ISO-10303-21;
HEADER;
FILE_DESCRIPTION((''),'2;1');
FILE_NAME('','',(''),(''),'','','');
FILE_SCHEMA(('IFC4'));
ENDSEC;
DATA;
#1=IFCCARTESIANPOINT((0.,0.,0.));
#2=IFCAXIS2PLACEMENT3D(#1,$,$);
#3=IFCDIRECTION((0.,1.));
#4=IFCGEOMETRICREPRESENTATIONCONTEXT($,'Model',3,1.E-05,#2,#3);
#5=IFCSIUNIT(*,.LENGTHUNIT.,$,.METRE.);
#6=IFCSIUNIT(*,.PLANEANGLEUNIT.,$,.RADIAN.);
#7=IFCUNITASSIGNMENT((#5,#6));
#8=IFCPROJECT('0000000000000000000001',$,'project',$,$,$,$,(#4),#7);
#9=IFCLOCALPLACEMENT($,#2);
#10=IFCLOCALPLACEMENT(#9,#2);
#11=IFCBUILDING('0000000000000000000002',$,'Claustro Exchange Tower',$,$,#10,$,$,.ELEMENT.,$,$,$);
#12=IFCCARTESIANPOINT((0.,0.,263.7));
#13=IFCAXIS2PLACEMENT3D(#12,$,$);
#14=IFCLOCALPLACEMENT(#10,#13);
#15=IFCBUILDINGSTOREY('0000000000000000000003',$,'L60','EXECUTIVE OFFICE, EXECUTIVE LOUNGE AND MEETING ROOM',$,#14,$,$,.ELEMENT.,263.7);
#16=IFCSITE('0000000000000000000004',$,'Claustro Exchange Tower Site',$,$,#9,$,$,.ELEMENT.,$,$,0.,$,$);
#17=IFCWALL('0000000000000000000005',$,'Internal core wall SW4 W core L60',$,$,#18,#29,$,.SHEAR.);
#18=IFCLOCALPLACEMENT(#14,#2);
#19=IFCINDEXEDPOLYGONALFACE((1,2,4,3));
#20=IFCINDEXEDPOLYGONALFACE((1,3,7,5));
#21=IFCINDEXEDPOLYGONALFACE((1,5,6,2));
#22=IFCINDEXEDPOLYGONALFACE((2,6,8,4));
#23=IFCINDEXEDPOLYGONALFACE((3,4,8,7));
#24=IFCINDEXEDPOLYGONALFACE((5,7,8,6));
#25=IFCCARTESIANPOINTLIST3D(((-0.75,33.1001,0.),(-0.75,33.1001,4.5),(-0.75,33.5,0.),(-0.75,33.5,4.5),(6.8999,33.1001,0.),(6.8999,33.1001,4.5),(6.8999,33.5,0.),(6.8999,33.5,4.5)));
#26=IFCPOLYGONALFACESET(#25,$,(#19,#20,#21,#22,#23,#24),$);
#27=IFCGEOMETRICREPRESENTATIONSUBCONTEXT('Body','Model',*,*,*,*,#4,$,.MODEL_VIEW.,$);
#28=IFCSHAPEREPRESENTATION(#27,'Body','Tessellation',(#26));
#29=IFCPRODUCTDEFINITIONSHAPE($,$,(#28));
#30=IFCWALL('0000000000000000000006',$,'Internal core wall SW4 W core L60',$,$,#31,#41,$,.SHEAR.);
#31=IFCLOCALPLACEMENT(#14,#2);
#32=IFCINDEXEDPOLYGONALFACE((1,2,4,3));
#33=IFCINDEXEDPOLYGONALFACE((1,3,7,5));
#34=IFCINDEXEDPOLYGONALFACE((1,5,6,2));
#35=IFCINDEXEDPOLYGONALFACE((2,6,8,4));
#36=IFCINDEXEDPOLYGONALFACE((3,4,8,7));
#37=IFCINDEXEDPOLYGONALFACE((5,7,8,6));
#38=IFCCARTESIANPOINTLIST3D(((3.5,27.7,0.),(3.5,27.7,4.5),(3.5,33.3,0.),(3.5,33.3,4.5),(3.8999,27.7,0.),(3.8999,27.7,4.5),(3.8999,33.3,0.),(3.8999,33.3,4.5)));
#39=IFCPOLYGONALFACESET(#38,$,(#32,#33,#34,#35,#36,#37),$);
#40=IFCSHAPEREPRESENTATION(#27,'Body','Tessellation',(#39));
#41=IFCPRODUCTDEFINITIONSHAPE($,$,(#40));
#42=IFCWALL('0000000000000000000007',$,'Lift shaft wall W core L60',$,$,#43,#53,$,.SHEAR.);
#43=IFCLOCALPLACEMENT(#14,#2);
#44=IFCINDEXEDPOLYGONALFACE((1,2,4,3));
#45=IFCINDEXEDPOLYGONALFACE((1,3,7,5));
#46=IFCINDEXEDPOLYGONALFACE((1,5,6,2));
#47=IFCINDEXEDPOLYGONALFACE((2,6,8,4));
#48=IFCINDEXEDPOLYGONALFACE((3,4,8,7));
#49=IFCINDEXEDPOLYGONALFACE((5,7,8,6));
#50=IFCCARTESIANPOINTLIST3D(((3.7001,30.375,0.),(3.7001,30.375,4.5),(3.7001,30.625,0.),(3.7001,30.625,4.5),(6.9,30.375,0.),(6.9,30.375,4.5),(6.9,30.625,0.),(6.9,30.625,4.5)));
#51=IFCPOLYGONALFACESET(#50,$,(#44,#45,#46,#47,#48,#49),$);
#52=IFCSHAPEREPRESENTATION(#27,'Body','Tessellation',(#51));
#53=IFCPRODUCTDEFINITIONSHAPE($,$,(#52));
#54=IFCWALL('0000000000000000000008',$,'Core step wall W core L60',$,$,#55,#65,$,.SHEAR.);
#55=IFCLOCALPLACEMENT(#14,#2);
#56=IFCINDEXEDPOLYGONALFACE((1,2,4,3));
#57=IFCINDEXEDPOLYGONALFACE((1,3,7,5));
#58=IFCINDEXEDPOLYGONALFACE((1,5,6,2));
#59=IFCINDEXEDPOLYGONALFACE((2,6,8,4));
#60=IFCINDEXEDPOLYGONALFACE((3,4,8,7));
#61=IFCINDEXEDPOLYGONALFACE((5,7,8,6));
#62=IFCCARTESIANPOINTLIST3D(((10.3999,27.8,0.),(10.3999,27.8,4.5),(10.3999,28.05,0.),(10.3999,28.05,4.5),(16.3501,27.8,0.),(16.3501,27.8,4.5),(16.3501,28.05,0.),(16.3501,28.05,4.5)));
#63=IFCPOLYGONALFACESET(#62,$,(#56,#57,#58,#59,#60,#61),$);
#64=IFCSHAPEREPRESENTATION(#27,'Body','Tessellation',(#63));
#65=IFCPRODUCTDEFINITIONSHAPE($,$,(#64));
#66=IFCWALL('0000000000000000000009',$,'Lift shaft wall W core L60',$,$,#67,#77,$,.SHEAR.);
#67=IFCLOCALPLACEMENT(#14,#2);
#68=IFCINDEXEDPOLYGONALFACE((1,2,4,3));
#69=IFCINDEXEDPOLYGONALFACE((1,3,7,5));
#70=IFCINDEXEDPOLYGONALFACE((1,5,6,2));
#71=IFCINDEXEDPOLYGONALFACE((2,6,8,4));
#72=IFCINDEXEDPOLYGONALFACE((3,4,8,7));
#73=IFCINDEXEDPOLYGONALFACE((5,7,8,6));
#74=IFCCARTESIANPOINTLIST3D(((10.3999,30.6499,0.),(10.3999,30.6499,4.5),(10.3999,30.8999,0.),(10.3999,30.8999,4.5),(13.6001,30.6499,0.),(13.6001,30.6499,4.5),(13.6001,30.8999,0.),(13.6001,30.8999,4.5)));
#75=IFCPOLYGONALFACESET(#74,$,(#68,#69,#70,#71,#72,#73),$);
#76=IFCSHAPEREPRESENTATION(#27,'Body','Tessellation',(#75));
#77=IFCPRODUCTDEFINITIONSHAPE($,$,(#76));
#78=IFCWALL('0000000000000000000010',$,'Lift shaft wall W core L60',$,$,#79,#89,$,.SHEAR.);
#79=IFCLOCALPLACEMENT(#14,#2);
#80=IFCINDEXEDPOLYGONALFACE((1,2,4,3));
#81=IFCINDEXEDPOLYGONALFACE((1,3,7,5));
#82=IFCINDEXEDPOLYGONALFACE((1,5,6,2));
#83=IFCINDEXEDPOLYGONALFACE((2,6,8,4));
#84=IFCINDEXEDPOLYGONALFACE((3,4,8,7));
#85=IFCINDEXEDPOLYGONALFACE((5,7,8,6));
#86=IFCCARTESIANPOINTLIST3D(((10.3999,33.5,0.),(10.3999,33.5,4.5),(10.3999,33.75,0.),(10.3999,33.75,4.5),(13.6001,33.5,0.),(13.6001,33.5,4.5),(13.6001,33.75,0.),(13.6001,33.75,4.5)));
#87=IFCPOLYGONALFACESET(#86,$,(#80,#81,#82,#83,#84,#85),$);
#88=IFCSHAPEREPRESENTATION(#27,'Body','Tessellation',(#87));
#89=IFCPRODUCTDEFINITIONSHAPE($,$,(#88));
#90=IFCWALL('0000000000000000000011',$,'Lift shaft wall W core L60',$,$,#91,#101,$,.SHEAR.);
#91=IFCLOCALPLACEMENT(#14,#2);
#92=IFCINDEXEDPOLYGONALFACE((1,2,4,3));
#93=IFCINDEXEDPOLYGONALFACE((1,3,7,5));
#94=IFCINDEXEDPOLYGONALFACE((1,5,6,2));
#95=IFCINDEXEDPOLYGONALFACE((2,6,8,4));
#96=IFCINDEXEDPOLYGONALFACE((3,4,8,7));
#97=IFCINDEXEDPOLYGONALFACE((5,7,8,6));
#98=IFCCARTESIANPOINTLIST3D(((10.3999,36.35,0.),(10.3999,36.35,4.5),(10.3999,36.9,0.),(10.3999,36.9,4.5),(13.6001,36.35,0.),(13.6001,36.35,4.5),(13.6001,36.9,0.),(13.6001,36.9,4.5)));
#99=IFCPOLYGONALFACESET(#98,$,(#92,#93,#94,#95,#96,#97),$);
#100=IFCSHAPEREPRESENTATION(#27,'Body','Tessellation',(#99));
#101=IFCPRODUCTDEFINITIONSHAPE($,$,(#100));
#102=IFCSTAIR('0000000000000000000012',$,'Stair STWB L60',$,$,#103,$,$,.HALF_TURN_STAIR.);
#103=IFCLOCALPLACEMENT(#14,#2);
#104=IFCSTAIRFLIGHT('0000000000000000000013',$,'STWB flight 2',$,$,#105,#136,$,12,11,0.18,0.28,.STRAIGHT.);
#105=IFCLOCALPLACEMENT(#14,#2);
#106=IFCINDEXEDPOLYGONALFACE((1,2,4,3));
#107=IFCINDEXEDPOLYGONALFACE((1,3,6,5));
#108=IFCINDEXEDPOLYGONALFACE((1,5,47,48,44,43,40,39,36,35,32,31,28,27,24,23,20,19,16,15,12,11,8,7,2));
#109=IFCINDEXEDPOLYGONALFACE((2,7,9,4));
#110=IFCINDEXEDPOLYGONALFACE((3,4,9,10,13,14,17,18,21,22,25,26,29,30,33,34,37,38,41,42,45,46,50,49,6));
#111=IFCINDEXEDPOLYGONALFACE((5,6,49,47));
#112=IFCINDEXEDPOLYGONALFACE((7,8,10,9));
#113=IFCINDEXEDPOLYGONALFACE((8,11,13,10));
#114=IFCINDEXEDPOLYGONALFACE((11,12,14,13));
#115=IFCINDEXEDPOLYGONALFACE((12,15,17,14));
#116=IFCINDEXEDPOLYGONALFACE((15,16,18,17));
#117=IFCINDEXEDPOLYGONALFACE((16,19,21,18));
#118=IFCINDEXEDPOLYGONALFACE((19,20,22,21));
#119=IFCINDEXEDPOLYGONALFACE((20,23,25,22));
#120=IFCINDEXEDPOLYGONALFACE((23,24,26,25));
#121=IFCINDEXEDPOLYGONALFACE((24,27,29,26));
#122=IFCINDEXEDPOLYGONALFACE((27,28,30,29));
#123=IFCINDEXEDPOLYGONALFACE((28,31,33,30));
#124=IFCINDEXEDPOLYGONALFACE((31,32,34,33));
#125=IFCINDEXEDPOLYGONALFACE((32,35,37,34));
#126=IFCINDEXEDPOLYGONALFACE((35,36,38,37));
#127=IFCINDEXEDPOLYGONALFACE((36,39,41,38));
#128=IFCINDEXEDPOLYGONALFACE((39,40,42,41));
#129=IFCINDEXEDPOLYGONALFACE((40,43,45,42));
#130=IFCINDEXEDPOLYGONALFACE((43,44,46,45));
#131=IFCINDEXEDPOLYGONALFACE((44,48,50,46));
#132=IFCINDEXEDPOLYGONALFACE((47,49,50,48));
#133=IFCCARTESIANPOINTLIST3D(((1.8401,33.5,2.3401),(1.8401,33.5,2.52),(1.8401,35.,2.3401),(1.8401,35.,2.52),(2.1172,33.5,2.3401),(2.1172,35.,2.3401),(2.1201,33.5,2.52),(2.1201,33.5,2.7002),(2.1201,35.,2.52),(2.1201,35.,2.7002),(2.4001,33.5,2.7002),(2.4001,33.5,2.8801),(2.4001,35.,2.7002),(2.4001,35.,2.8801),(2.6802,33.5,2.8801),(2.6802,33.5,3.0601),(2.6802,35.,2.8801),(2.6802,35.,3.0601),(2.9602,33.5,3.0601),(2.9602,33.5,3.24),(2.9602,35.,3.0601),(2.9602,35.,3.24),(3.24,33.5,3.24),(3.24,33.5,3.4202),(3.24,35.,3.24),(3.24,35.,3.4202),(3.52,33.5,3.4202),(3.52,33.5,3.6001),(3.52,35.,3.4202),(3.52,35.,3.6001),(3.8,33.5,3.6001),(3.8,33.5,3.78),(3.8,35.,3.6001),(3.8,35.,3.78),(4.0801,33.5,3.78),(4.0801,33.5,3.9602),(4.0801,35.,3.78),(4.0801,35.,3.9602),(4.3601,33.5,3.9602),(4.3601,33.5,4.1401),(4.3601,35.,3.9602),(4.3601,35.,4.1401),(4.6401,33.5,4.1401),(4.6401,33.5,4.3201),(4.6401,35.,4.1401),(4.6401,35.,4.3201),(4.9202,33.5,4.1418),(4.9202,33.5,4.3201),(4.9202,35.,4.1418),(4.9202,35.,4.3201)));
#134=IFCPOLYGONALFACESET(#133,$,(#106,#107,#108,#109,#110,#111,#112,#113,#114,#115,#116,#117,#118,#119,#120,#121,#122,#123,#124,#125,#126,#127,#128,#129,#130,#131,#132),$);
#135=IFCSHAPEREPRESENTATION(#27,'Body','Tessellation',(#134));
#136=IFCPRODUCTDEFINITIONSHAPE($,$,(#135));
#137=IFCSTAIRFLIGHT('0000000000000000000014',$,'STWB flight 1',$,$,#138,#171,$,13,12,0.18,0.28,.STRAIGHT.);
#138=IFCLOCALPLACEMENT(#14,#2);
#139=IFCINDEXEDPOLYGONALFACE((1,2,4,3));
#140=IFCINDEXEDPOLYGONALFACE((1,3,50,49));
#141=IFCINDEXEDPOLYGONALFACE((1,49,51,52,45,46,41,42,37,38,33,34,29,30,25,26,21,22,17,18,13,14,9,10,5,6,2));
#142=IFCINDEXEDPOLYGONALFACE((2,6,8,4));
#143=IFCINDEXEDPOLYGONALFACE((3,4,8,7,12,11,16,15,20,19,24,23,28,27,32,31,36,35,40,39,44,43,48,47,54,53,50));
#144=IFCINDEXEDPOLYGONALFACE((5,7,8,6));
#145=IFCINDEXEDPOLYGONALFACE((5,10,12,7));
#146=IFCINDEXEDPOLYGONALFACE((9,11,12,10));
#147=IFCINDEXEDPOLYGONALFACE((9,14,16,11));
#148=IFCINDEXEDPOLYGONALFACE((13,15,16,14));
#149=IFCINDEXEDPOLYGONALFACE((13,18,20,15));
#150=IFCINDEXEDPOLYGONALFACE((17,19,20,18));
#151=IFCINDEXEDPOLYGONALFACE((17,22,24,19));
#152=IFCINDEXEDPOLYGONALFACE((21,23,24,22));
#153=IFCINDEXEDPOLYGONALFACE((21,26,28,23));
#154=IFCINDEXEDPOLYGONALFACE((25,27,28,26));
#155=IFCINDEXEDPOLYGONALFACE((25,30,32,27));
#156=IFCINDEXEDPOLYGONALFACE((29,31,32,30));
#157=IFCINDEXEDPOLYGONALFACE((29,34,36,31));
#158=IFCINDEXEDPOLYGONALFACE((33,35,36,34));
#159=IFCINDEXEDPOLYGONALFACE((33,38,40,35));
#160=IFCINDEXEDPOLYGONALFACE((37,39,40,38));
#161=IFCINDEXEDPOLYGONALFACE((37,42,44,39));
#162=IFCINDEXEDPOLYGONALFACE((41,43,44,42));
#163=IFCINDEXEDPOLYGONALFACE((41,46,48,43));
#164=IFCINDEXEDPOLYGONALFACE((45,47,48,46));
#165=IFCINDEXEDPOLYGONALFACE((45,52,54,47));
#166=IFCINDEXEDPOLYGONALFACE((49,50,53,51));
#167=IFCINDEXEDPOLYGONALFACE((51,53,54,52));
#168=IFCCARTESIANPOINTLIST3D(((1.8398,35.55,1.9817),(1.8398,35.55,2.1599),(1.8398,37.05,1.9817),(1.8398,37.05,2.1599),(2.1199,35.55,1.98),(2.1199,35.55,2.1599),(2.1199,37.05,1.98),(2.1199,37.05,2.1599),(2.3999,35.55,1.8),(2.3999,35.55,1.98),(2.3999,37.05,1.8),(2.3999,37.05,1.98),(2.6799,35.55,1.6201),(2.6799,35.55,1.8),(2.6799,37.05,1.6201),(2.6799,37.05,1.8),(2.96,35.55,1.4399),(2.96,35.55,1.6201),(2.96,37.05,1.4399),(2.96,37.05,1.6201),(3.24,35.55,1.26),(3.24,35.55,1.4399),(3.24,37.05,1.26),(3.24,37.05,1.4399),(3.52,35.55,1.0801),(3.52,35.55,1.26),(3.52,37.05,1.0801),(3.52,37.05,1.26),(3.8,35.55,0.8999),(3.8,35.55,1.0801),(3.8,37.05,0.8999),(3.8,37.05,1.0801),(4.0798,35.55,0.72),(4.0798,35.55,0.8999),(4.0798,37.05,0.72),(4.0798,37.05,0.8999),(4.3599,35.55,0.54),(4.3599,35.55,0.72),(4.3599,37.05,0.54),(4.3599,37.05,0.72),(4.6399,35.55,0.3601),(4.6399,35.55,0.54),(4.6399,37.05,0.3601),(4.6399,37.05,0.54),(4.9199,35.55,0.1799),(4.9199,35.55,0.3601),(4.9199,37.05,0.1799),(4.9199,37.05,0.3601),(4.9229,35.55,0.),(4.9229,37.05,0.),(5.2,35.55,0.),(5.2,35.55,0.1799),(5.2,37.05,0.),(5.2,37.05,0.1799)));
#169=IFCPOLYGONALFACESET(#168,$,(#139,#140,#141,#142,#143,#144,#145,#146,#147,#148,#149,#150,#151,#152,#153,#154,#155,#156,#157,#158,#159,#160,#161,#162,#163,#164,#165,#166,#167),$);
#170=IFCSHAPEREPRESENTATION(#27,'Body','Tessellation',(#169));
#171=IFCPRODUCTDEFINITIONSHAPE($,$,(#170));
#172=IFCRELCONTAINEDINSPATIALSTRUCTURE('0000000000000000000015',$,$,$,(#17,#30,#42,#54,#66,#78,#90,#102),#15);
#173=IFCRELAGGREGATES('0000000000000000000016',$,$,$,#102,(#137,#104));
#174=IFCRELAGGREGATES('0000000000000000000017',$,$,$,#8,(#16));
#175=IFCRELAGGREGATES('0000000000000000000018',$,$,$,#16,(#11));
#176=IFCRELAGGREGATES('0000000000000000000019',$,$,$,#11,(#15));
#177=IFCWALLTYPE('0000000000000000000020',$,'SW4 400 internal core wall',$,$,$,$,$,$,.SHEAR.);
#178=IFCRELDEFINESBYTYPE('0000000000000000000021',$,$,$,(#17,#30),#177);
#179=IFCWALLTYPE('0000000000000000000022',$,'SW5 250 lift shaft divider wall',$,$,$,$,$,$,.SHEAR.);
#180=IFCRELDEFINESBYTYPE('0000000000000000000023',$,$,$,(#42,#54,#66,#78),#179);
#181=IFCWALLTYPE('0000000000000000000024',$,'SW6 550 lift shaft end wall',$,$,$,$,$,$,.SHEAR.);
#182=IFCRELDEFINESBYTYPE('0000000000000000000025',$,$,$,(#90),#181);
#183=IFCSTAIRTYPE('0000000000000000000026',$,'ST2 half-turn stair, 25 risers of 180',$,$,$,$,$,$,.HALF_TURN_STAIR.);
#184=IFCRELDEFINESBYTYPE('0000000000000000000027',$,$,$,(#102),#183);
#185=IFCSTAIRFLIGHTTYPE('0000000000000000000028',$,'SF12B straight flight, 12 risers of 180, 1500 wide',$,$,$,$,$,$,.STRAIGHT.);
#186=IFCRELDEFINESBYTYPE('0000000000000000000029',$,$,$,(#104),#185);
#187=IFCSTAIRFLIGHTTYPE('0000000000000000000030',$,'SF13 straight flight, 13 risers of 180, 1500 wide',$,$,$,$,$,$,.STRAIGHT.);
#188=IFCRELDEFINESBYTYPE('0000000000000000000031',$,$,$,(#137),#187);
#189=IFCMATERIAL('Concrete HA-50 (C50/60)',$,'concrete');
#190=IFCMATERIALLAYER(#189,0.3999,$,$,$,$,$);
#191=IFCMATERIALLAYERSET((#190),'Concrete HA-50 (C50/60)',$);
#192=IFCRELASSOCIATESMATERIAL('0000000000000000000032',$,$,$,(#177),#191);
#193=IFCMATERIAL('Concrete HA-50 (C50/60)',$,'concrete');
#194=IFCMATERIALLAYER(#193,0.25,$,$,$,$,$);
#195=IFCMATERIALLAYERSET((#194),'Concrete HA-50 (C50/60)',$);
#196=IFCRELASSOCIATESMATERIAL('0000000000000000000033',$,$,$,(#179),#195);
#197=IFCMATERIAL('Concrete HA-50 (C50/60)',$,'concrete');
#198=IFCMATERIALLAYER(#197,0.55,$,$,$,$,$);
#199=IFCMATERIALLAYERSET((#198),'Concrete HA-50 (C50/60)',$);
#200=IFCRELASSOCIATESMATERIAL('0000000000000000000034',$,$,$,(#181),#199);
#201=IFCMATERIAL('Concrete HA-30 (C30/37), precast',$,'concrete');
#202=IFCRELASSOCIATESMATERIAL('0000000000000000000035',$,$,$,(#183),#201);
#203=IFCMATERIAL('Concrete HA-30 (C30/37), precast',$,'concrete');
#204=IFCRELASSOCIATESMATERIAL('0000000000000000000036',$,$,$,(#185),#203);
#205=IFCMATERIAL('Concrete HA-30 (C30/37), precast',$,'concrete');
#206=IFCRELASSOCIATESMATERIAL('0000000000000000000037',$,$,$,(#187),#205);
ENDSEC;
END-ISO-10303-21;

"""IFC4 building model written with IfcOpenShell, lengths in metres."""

from ifc_helpers import new_model, si_unit, direction, frame, frame_2d, origin, place, context, subcontext, project, spatial, polyline, rectangle, outline, extrude, material, layer, layer_set, type_object, element, aggregate, save


model = new_model("IFC4")

# Units and contexts
model_context = context("Model", 3, precision=1e-05, world=origin(), true_north=direction((0.0, 1.0)))
body_context = subcontext(model_context, "Body", "Model", "MODEL_VIEW")
ifc_project = project(units=[si_unit("LENGTHUNIT", "METRE"), si_unit("PLANEANGLEUNIT", "RADIAN")], contexts=[model_context])

# Site, building, storey
site_placement = place(None, origin())
site = spatial("IfcSite", under=ifc_project, at=site_placement, Name="Claustro Exchange Tower Site", CompositionType="ELEMENT", RefElevation=0.0)
building_placement = place(site_placement, origin())
building = spatial("IfcBuilding", under=site, at=building_placement, Name="Claustro Exchange Tower", CompositionType="ELEMENT")
storey_placement = place(building_placement, frame((0.0, 0.0, 263.7)))
storey = spatial("IfcBuildingStorey", under=building, at=storey_placement, Name="L60", Description="EXECUTIVE OFFICE, EXECUTIVE LOUNGE AND MEETING ROOM", CompositionType="ELEMENT", Elevation=263.7)

# Walls
ifc_material_1 = material(Name="Concrete HA-50 (C50/60)", Category="concrete")
ifc_layer_1 = layer(ifc_material_1, 0.3999)
ifc_layer_set_1 = layer_set([ifc_layer_1], Name="Concrete HA-50 (C50/60)")
wall_type_1 = type_object("IfcWallType", Name="SW4 400 internal core wall", PredefinedType="SHEAR", material=ifc_layer_set_1)
for number, where, z_axis, x_axis, name in (
    (1, (-0.75, 33.3, 0.0), (0.0, 0.0, 1.0), (1.0, 0.0, 0.0), "Internal core wall SW4 W core L60"),
):
    element("IfcWall", number, at=place(storey_placement, frame(where, z_axis=z_axis, x_axis=x_axis)), inside=storey, type_object=wall_type_1, Name=name, PredefinedType="SHEAR", context=body_context, shape_type="SweptSolid", body=[
        extrude(rectangle(XDim=7.6499, YDim=0.3999, at=frame_2d((3.825, 0.0))), origin(), (0.0, 0.0, 1.0), 4.5),
    ])
wall_1_placement = place(storey_placement, frame((3.7, 27.7, 0.0), z_axis=(0.0, 0.0, 1.0), x_axis=(0.0, 1.0, 0.0)))
element("IfcWall", 2, at=wall_1_placement, inside=storey, type_object=wall_type_1, Name="Internal core wall SW4 W core L60", PredefinedType="SHEAR", context=body_context, shape_type="SweptSolid", body=[
    extrude(rectangle(XDim=5.6001, YDim=0.3999, at=frame_2d((2.8, 0.0))), origin(), (0.0, 0.0, 1.0), 4.5),
])
ifc_material_2 = material(Name="Concrete HA-50 (C50/60)", Category="concrete")
ifc_layer_2 = layer(ifc_material_2, 0.25)
ifc_layer_set_2 = layer_set([ifc_layer_2], Name="Concrete HA-50 (C50/60)")
wall_type_2 = type_object("IfcWallType", Name="SW5 250 lift shaft divider wall", PredefinedType="SHEAR", material=ifc_layer_set_2)
wall_2_placement = place(storey_placement, frame((3.7, 30.5, 0.0), z_axis=(0.0, 0.0, 1.0), x_axis=(1.0, 0.0, 0.0)))
element("IfcWall", 3, at=wall_2_placement, inside=storey, type_object=wall_type_2, Name="Lift shaft wall W core L60", PredefinedType="SHEAR", context=body_context, shape_type="SweptSolid", body=[
    extrude(rectangle(XDim=3.2, YDim=0.25, at=frame_2d((1.6001, 0.0))), origin(), (0.0, 0.0, 1.0), 4.5),
])
wall_3_placement = place(storey_placement, frame((10.3999, 27.925, 0.0), z_axis=(0.0, 0.0, 1.0), x_axis=(1.0, 0.0, 0.0)))
element("IfcWall", 4, at=wall_3_placement, inside=storey, type_object=wall_type_2, Name="Core step wall W core L60", PredefinedType="SHEAR", context=body_context, shape_type="SweptSolid", body=[
    extrude(rectangle(XDim=5.9502, YDim=0.25, at=frame_2d((2.9751, 0.0))), origin(), (0.0, 0.0, 1.0), 4.5),
])
for number, where, z_axis, x_axis, name in (
    (5, (10.3999, 30.7749, 0.0), (0.0, 0.0, 1.0), (1.0, 0.0, 0.0), "Lift shaft wall W core L60"),
    (6, (10.3999, 33.625, 0.0), (0.0, 0.0, 1.0), (1.0, 0.0, 0.0), "Lift shaft wall W core L60"),
):
    element("IfcWall", number, at=place(storey_placement, frame(where, z_axis=z_axis, x_axis=x_axis)), inside=storey, type_object=wall_type_2, Name=name, PredefinedType="SHEAR", context=body_context, shape_type="SweptSolid", body=[
        extrude(rectangle(XDim=3.2002, YDim=0.25, at=frame_2d((1.6001, 0.0))), origin(), (0.0, 0.0, 1.0), 4.5),
    ])
ifc_material_3 = material(Name="Concrete HA-50 (C50/60)", Category="concrete")
ifc_layer_3 = layer(ifc_material_3, 0.55)
ifc_layer_set_3 = layer_set([ifc_layer_3], Name="Concrete HA-50 (C50/60)")
wall_type_3 = type_object("IfcWallType", Name="SW6 550 lift shaft end wall", PredefinedType="SHEAR", material=ifc_layer_set_3)
wall_4_placement = place(storey_placement, frame((10.3999, 36.625, 0.0), z_axis=(0.0, 0.0, 1.0), x_axis=(1.0, 0.0, 0.0)))
element("IfcWall", 7, at=wall_4_placement, inside=storey, type_object=wall_type_3, Name="Lift shaft wall W core L60", PredefinedType="SHEAR", context=body_context, shape_type="SweptSolid", body=[
    extrude(rectangle(XDim=3.2002, YDim=0.55, at=frame_2d((1.6001, 0.0))), origin(), (0.0, 0.0, 1.0), 4.5),
])

# Stair, stair flights
ifc_material_4 = material(Name="Concrete HA-30 (C30/37), precast", Category="concrete")
stair_type = type_object("IfcStairType", Name="ST2 half-turn stair, 25 risers of 180", PredefinedType="HALF_TURN_STAIR", material=ifc_material_4)
stair_placement = place(storey_placement, origin())
stair = element("IfcStair", 8, at=stair_placement, inside=storey, type_object=stair_type, Name="Stair STWB L60", PredefinedType="HALF_TURN_STAIR")
ifc_material_5 = material(Name="Concrete HA-30 (C30/37), precast", Category="concrete")
stair_flight_type_1 = type_object("IfcStairFlightType", Name="SF12B straight flight, 12 risers of 180, 1500 wide", PredefinedType="STRAIGHT", material=ifc_material_5)
stair_flight_1_placement = place(storey_placement, frame((1.8401, 34.25, 2.3401), z_axis=(0.0, 0.0, 1.0), x_axis=(1.0, 0.0, 0.0)))
stair_flight_1 = element("IfcStairFlight", 9, at=stair_flight_1_placement, type_object=stair_flight_type_1, Name="STWB flight 2", NumberOfRisers=12, NumberOfTreads=11, PredefinedType="STRAIGHT", RiserHeight=0.18, TreadLength=0.28, context=body_context, shape_type="SweptSolid", body=[
    extrude(outline(polyline([(0.0, 0.0), (0.0, 0.1799), (0.28, 0.1799), (0.28, 0.3601), (0.5601, 0.3601), (0.5601, 0.54), (0.8401, 0.54), (0.8401, 0.72), (1.1201, 0.72), (1.1201, 0.8999), (1.3999, 0.8999), (1.3999, 1.0801), (1.6799, 1.0801), (1.6799, 1.26), (1.96, 1.26), (1.96, 1.4399), (2.24, 1.4399), (2.24, 1.6201), (2.52, 1.6201), (2.52, 1.8), (2.8, 1.8), (2.8, 1.98), (3.0801, 1.98), (3.0801, 2.1599), (3.0801, 1.8018), (0.2771, 0.0), (0.0, 0.0)])), frame((0.0, 0.75, 0.0), z_axis=(0.0, -1.0, 0.0), x_axis=(1.0, 0.0, 0.0)), (0.0, 0.0, 1.0), 1.5),
])
ifc_material_6 = material(Name="Concrete HA-30 (C30/37), precast", Category="concrete")
stair_flight_type_2 = type_object("IfcStairFlightType", Name="SF13 straight flight, 13 risers of 180, 1500 wide", PredefinedType="STRAIGHT", material=ifc_material_6)
stair_flight_2_placement = place(storey_placement, frame((5.2, 36.3, 0.0), z_axis=(0.0, 0.0, 1.0), x_axis=(-1.0, 0.0, 0.0)))
stair_flight_2 = element("IfcStairFlight", 10, at=stair_flight_2_placement, type_object=stair_flight_type_2, Name="STWB flight 1", NumberOfRisers=13, NumberOfTreads=12, PredefinedType="STRAIGHT", RiserHeight=0.18, TreadLength=0.28, context=body_context, shape_type="SweptSolid", body=[
    extrude(outline(polyline([(0.0, 0.0), (0.0, 0.1799), (0.28, 0.1799), (0.28, 0.3601), (0.5601, 0.3601), (0.5601, 0.54), (0.8401, 0.54), (0.8401, 0.72), (1.1201, 0.72), (1.1201, 0.8999), (1.3999, 0.8999), (1.3999, 1.0801), (1.6799, 1.0801), (1.6799, 1.26), (1.96, 1.26), (1.96, 1.4399), (2.24, 1.4399), (2.24, 1.6201), (2.52, 1.6201), (2.52, 1.8), (2.8, 1.8), (2.8, 1.98), (3.0801, 1.98), (3.0801, 2.1599), (3.3601, 2.1599), (3.3601, 2.3401), (3.3601, 1.9817), (0.2771, 0.0), (0.0, 0.0)])), frame((0.0, 0.75, 0.0), z_axis=(0.0, -1.0, 0.0), x_axis=(1.0, 0.0, 0.0)), (0.0, 0.0, 1.0), 1.5),
])
aggregate(stair, [stair_flight_2, stair_flight_1])

save(model, "model.ifc")
